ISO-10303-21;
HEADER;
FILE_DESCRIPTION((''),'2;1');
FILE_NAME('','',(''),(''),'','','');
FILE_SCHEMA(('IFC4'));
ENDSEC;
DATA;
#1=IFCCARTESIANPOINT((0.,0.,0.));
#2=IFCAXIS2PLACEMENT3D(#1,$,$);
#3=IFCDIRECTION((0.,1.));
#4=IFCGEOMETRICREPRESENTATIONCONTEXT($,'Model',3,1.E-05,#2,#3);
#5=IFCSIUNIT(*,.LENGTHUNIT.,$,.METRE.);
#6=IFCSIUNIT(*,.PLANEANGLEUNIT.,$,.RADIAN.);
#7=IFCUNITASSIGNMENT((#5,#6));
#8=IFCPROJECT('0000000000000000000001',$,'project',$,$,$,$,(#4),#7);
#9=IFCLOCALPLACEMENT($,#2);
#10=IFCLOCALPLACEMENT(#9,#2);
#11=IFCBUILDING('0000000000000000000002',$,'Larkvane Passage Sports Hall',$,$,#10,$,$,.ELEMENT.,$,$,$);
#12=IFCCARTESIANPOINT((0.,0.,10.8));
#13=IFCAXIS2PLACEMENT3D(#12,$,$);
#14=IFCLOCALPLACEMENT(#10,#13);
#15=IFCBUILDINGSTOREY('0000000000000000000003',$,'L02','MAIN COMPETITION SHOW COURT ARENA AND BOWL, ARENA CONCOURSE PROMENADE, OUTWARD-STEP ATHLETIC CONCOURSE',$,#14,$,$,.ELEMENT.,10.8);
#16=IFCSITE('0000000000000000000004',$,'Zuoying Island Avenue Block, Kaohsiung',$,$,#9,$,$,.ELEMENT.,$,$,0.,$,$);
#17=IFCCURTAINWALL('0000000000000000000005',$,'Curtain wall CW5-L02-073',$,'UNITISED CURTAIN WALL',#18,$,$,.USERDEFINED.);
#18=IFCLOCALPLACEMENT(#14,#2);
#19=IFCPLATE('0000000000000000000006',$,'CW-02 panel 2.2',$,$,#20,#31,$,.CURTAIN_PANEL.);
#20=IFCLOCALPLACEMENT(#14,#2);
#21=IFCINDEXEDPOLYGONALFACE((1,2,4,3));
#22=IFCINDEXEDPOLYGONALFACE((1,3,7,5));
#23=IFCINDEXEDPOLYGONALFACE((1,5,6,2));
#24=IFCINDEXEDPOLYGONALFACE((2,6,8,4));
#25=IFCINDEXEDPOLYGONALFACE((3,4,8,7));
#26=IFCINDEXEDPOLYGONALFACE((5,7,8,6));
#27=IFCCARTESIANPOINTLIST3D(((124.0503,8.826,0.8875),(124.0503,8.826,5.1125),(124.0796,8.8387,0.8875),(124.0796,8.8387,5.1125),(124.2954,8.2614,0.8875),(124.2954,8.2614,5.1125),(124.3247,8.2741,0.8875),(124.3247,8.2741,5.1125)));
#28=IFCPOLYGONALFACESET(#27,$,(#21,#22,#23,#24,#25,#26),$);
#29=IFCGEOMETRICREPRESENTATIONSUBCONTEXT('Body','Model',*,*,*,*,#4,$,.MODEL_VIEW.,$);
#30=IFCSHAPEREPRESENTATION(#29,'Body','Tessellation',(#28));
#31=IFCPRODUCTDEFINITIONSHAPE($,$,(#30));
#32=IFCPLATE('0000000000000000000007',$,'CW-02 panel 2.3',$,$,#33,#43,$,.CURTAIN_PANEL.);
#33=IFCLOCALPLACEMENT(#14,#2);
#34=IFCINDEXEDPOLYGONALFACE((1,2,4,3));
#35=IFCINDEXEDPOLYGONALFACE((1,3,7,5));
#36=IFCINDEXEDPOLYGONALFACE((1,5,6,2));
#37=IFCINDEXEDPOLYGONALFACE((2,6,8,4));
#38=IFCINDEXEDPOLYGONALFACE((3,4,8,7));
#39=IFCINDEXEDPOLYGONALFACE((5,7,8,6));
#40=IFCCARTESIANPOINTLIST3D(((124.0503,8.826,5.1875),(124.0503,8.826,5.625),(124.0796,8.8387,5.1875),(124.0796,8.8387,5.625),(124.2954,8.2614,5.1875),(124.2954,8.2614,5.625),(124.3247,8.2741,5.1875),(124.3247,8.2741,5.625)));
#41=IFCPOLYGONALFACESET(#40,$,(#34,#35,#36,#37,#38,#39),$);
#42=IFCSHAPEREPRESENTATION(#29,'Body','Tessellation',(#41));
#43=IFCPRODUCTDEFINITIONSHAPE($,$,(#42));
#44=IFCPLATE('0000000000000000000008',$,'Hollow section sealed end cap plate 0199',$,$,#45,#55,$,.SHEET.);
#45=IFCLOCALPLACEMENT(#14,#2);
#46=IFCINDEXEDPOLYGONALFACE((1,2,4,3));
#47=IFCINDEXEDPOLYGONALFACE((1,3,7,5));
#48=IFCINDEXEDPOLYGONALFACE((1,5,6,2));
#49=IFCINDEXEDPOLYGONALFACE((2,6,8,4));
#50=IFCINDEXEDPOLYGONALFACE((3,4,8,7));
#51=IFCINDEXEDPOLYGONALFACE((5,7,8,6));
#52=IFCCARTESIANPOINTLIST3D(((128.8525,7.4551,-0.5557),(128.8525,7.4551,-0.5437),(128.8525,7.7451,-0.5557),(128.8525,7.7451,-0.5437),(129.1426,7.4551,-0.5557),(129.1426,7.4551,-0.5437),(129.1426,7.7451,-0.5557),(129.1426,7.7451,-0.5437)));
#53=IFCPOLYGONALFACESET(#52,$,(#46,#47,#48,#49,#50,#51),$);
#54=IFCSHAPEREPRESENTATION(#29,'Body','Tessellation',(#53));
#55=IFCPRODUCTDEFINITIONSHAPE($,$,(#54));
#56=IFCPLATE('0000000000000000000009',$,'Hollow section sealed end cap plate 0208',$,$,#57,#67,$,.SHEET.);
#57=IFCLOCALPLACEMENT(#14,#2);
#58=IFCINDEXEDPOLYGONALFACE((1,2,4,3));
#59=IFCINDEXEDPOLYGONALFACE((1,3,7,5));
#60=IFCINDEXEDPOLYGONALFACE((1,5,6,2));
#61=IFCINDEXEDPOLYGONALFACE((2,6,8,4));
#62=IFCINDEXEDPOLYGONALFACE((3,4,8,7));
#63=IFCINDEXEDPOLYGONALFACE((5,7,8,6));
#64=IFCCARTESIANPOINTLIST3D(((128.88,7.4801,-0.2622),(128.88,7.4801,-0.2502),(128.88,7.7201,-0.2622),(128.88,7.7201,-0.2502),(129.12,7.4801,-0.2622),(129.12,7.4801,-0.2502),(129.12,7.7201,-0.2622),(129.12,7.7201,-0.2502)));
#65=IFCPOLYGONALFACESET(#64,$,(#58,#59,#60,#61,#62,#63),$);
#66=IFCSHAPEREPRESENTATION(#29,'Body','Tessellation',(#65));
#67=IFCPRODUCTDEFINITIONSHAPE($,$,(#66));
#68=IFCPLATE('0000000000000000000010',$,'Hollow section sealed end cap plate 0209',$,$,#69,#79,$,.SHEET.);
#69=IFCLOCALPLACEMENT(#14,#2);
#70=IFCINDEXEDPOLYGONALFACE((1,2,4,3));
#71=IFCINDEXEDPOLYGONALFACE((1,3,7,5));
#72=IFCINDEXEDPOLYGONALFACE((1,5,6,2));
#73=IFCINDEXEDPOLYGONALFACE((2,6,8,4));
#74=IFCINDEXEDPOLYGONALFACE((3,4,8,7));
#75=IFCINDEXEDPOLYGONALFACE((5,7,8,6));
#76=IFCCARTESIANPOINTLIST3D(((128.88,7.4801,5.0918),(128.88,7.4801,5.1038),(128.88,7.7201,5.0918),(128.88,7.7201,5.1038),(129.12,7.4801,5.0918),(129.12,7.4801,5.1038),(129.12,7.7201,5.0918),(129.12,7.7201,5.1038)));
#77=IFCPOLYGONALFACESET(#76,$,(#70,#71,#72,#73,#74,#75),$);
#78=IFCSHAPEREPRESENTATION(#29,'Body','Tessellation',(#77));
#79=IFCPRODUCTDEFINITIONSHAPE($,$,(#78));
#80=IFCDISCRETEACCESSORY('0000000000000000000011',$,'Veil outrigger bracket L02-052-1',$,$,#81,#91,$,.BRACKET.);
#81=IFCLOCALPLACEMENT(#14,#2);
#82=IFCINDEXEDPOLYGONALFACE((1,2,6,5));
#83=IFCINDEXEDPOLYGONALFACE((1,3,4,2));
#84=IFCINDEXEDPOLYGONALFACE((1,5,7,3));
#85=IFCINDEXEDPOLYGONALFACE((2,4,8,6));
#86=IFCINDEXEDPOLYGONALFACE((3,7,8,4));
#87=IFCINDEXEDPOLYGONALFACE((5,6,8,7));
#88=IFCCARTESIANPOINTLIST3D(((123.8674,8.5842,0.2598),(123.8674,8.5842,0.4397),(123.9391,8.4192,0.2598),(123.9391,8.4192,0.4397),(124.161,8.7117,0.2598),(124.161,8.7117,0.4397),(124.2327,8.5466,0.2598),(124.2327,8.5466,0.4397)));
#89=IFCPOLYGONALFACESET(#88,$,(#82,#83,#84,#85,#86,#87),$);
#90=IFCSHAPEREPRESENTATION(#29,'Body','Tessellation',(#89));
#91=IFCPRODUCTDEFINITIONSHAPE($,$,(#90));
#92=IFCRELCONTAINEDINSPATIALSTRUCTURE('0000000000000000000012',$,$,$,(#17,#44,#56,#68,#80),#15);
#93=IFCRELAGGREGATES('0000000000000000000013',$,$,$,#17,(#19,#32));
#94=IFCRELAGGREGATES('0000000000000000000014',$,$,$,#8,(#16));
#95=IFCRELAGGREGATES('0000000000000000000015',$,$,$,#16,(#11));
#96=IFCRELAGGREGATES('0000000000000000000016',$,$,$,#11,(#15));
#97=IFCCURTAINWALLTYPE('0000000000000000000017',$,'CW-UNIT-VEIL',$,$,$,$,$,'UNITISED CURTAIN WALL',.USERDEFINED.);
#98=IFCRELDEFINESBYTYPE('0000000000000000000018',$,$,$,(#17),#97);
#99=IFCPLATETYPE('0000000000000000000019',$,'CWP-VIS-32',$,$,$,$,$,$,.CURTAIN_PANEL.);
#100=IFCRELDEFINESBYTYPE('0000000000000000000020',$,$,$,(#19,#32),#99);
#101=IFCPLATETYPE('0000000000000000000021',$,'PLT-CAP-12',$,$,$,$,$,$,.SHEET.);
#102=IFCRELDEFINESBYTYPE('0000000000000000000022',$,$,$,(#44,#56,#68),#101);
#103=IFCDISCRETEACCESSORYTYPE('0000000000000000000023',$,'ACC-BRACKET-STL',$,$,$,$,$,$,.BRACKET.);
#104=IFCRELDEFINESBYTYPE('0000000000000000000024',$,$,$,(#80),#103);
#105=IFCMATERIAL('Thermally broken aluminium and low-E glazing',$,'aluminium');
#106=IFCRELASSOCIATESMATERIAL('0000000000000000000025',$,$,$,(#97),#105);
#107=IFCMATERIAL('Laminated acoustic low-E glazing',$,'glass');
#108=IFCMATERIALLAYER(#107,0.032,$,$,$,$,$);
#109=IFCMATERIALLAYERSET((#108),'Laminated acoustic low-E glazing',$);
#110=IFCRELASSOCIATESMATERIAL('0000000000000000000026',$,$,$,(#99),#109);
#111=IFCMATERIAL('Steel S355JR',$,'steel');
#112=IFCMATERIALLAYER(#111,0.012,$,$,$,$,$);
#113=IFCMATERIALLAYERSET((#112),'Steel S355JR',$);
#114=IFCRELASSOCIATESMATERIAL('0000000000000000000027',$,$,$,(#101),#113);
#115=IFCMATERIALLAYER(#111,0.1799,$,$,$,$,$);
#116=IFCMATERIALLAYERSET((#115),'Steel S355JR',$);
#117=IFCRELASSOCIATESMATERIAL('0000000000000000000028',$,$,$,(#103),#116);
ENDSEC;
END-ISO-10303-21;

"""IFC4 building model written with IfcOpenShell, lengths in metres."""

from ifc_helpers import new_model, si_unit, direction, frame, origin, origin_2d, place, context, subcontext, project, spatial, rectangle, extrude, material, layer, layer_set, type_object, element, aggregate, save


model = new_model("IFC4")

# Units and contexts
model_context = context("Model", 3, precision=1e-05, world=origin(), true_north=direction((0.0, 1.0)))
body_context = subcontext(model_context, "Body", "Model", "MODEL_VIEW")
ifc_project = project(units=[si_unit("LENGTHUNIT", "METRE"), si_unit("PLANEANGLEUNIT", "RADIAN")], contexts=[model_context])

# Site, building, storey
site_placement = place(None, origin())
site = spatial("IfcSite", under=ifc_project, at=site_placement, Name="Zuoying Island Avenue Block, Kaohsiung", CompositionType="ELEMENT", RefElevation=0.0)
building_placement = place(site_placement, origin())
building = spatial("IfcBuilding", under=site, at=building_placement, Name="Larkvane Passage Sports Hall", CompositionType="ELEMENT")
storey_placement = place(building_placement, frame((0.0, 0.0, 10.8)))
storey = spatial("IfcBuildingStorey", under=building, at=storey_placement, Name="L02", Description="MAIN COMPETITION SHOW COURT ARENA AND BOWL, ARENA CONCOURSE PROMENADE, OUTWARD-STEP ATHLETIC CONCOURSE", CompositionType="ELEMENT", Elevation=10.8)

# Curtain wall
ifc_material_1 = material(Name="Thermally broken aluminium and low-E glazing", Category="aluminium")
curtain_wall_type = type_object("IfcCurtainWallType", Name="CW-UNIT-VEIL", ElementType="UNITISED CURTAIN WALL", PredefinedType="USERDEFINED", material=ifc_material_1)
curtain_wall_placement = place(storey_placement, origin())
curtain_wall = element("IfcCurtainWall", 1, at=curtain_wall_placement, inside=storey, type_object=curtain_wall_type, Name="Curtain wall CW5-L02-073", ObjectType="UNITISED CURTAIN WALL", PredefinedType="USERDEFINED")

# Plates
ifc_material_2 = material(Name="Laminated acoustic low-E glazing", Category="glass")
ifc_layer_1 = layer(ifc_material_2, 0.032)
ifc_layer_set_1 = layer_set([ifc_layer_1], Name="Laminated acoustic low-E glazing")
plate_type_1 = type_object("IfcPlateType", Name="CWP-VIS-32", PredefinedType="CURTAIN_PANEL", material=ifc_layer_set_1)
plate_1_placement = place(storey_placement, frame((124.1875, 8.55, 0.8875), z_axis=(0.0, 0.0, 1.0), x_axis=(-0.398283, 0.917263, 0.0)))
plate_1 = element("IfcPlate", 2, at=plate_1_placement, type_object=plate_type_1, Name="CW-02 panel 2.2", PredefinedType="CURTAIN_PANEL", context=body_context, shape_type="SweptSolid", body=[
    extrude(rectangle(XDim=0.6155, YDim=0.032, at=origin_2d()), origin(), (0.0, 0.0, 1.0), 4.2251),
])
plate_2_placement = place(storey_placement, frame((124.1875, 8.55, 5.1875), z_axis=(0.0, 0.0, 1.0), x_axis=(-0.398283, 0.917263, 0.0)))
plate_2 = element("IfcPlate", 3, at=plate_2_placement, type_object=plate_type_1, Name="CW-02 panel 2.3", PredefinedType="CURTAIN_PANEL", context=body_context, shape_type="SweptSolid", body=[
    extrude(rectangle(XDim=0.6155, YDim=0.032, at=origin_2d()), origin(), (0.0, 0.0, 1.0), 0.4375),
])
aggregate(curtain_wall, [plate_1, plate_2])

# Plates
ifc_material_3 = material(Name="Steel S355JR", Category="steel")
ifc_layer_2 = layer(ifc_material_3, 0.012)
ifc_layer_set_2 = layer_set([ifc_layer_2], Name="Steel S355JR")
plate_type_2 = type_object("IfcPlateType", Name="PLT-CAP-12", PredefinedType="SHEET", material=ifc_layer_set_2)
plate_3_placement = place(storey_placement, frame((128.9976, 7.6001, -0.5557), z_axis=(0.0, 0.0, 1.0), x_axis=(1.0, 0.0, 0.0)))
element("IfcPlate", 4, at=plate_3_placement, inside=storey, type_object=plate_type_2, Name="Hollow section sealed end cap plate 0199", PredefinedType="SHEET", context=body_context, shape_type="SweptSolid", body=[
    extrude(rectangle(XDim=0.29, YDim=0.29, at=origin_2d()), origin(), (0.0, 0.0, 1.0), 0.012),
])
for number, where, z_axis, x_axis, name in (
    (5, (129.0, 7.6001, -0.2622), (0.0, 0.0, 1.0), (1.0, 0.0, 0.0), "Hollow section sealed end cap plate 0208"),
    (6, (129.0, 7.6001, 5.0918), (0.0, 0.0, 1.0), (1.0, 0.0, 0.0), "Hollow section sealed end cap plate 0209"),
):
    element("IfcPlate", number, at=place(storey_placement, frame(where, z_axis=z_axis, x_axis=x_axis)), inside=storey, type_object=plate_type_2, Name=name, PredefinedType="SHEET", context=body_context, shape_type="SweptSolid", body=[
        extrude(rectangle(XDim=0.24, YDim=0.24, at=origin_2d()), origin(), (0.0, 0.0, 1.0), 0.012),
    ])

# Discrete accessory
ifc_layer_3 = layer(ifc_material_3, 0.1799)
ifc_layer_set_3 = layer_set([ifc_layer_3], Name="Steel S355JR")
discrete_accessory_type = type_object("IfcDiscreteAccessoryType", Name="ACC-BRACKET-STL", PredefinedType="BRACKET", material=ifc_layer_set_3)
discrete_accessory_placement = place(storey_placement, frame((124.05, 8.5654, 0.2598), z_axis=(0.0, 0.0, 1.0), x_axis=(-0.398285, 0.917262, 0.0)))
element("IfcDiscreteAccessory", 7, at=discrete_accessory_placement, inside=storey, type_object=discrete_accessory_type, Name="Veil outrigger bracket L02-052-1", PredefinedType="BRACKET", context=body_context, shape_type="SweptSolid", body=[
    extrude(rectangle(XDim=0.1799, YDim=0.3201, at=origin_2d()), origin(), (0.0, 0.0, 1.0), 0.1799),
])

save(model, "model.ifc")
